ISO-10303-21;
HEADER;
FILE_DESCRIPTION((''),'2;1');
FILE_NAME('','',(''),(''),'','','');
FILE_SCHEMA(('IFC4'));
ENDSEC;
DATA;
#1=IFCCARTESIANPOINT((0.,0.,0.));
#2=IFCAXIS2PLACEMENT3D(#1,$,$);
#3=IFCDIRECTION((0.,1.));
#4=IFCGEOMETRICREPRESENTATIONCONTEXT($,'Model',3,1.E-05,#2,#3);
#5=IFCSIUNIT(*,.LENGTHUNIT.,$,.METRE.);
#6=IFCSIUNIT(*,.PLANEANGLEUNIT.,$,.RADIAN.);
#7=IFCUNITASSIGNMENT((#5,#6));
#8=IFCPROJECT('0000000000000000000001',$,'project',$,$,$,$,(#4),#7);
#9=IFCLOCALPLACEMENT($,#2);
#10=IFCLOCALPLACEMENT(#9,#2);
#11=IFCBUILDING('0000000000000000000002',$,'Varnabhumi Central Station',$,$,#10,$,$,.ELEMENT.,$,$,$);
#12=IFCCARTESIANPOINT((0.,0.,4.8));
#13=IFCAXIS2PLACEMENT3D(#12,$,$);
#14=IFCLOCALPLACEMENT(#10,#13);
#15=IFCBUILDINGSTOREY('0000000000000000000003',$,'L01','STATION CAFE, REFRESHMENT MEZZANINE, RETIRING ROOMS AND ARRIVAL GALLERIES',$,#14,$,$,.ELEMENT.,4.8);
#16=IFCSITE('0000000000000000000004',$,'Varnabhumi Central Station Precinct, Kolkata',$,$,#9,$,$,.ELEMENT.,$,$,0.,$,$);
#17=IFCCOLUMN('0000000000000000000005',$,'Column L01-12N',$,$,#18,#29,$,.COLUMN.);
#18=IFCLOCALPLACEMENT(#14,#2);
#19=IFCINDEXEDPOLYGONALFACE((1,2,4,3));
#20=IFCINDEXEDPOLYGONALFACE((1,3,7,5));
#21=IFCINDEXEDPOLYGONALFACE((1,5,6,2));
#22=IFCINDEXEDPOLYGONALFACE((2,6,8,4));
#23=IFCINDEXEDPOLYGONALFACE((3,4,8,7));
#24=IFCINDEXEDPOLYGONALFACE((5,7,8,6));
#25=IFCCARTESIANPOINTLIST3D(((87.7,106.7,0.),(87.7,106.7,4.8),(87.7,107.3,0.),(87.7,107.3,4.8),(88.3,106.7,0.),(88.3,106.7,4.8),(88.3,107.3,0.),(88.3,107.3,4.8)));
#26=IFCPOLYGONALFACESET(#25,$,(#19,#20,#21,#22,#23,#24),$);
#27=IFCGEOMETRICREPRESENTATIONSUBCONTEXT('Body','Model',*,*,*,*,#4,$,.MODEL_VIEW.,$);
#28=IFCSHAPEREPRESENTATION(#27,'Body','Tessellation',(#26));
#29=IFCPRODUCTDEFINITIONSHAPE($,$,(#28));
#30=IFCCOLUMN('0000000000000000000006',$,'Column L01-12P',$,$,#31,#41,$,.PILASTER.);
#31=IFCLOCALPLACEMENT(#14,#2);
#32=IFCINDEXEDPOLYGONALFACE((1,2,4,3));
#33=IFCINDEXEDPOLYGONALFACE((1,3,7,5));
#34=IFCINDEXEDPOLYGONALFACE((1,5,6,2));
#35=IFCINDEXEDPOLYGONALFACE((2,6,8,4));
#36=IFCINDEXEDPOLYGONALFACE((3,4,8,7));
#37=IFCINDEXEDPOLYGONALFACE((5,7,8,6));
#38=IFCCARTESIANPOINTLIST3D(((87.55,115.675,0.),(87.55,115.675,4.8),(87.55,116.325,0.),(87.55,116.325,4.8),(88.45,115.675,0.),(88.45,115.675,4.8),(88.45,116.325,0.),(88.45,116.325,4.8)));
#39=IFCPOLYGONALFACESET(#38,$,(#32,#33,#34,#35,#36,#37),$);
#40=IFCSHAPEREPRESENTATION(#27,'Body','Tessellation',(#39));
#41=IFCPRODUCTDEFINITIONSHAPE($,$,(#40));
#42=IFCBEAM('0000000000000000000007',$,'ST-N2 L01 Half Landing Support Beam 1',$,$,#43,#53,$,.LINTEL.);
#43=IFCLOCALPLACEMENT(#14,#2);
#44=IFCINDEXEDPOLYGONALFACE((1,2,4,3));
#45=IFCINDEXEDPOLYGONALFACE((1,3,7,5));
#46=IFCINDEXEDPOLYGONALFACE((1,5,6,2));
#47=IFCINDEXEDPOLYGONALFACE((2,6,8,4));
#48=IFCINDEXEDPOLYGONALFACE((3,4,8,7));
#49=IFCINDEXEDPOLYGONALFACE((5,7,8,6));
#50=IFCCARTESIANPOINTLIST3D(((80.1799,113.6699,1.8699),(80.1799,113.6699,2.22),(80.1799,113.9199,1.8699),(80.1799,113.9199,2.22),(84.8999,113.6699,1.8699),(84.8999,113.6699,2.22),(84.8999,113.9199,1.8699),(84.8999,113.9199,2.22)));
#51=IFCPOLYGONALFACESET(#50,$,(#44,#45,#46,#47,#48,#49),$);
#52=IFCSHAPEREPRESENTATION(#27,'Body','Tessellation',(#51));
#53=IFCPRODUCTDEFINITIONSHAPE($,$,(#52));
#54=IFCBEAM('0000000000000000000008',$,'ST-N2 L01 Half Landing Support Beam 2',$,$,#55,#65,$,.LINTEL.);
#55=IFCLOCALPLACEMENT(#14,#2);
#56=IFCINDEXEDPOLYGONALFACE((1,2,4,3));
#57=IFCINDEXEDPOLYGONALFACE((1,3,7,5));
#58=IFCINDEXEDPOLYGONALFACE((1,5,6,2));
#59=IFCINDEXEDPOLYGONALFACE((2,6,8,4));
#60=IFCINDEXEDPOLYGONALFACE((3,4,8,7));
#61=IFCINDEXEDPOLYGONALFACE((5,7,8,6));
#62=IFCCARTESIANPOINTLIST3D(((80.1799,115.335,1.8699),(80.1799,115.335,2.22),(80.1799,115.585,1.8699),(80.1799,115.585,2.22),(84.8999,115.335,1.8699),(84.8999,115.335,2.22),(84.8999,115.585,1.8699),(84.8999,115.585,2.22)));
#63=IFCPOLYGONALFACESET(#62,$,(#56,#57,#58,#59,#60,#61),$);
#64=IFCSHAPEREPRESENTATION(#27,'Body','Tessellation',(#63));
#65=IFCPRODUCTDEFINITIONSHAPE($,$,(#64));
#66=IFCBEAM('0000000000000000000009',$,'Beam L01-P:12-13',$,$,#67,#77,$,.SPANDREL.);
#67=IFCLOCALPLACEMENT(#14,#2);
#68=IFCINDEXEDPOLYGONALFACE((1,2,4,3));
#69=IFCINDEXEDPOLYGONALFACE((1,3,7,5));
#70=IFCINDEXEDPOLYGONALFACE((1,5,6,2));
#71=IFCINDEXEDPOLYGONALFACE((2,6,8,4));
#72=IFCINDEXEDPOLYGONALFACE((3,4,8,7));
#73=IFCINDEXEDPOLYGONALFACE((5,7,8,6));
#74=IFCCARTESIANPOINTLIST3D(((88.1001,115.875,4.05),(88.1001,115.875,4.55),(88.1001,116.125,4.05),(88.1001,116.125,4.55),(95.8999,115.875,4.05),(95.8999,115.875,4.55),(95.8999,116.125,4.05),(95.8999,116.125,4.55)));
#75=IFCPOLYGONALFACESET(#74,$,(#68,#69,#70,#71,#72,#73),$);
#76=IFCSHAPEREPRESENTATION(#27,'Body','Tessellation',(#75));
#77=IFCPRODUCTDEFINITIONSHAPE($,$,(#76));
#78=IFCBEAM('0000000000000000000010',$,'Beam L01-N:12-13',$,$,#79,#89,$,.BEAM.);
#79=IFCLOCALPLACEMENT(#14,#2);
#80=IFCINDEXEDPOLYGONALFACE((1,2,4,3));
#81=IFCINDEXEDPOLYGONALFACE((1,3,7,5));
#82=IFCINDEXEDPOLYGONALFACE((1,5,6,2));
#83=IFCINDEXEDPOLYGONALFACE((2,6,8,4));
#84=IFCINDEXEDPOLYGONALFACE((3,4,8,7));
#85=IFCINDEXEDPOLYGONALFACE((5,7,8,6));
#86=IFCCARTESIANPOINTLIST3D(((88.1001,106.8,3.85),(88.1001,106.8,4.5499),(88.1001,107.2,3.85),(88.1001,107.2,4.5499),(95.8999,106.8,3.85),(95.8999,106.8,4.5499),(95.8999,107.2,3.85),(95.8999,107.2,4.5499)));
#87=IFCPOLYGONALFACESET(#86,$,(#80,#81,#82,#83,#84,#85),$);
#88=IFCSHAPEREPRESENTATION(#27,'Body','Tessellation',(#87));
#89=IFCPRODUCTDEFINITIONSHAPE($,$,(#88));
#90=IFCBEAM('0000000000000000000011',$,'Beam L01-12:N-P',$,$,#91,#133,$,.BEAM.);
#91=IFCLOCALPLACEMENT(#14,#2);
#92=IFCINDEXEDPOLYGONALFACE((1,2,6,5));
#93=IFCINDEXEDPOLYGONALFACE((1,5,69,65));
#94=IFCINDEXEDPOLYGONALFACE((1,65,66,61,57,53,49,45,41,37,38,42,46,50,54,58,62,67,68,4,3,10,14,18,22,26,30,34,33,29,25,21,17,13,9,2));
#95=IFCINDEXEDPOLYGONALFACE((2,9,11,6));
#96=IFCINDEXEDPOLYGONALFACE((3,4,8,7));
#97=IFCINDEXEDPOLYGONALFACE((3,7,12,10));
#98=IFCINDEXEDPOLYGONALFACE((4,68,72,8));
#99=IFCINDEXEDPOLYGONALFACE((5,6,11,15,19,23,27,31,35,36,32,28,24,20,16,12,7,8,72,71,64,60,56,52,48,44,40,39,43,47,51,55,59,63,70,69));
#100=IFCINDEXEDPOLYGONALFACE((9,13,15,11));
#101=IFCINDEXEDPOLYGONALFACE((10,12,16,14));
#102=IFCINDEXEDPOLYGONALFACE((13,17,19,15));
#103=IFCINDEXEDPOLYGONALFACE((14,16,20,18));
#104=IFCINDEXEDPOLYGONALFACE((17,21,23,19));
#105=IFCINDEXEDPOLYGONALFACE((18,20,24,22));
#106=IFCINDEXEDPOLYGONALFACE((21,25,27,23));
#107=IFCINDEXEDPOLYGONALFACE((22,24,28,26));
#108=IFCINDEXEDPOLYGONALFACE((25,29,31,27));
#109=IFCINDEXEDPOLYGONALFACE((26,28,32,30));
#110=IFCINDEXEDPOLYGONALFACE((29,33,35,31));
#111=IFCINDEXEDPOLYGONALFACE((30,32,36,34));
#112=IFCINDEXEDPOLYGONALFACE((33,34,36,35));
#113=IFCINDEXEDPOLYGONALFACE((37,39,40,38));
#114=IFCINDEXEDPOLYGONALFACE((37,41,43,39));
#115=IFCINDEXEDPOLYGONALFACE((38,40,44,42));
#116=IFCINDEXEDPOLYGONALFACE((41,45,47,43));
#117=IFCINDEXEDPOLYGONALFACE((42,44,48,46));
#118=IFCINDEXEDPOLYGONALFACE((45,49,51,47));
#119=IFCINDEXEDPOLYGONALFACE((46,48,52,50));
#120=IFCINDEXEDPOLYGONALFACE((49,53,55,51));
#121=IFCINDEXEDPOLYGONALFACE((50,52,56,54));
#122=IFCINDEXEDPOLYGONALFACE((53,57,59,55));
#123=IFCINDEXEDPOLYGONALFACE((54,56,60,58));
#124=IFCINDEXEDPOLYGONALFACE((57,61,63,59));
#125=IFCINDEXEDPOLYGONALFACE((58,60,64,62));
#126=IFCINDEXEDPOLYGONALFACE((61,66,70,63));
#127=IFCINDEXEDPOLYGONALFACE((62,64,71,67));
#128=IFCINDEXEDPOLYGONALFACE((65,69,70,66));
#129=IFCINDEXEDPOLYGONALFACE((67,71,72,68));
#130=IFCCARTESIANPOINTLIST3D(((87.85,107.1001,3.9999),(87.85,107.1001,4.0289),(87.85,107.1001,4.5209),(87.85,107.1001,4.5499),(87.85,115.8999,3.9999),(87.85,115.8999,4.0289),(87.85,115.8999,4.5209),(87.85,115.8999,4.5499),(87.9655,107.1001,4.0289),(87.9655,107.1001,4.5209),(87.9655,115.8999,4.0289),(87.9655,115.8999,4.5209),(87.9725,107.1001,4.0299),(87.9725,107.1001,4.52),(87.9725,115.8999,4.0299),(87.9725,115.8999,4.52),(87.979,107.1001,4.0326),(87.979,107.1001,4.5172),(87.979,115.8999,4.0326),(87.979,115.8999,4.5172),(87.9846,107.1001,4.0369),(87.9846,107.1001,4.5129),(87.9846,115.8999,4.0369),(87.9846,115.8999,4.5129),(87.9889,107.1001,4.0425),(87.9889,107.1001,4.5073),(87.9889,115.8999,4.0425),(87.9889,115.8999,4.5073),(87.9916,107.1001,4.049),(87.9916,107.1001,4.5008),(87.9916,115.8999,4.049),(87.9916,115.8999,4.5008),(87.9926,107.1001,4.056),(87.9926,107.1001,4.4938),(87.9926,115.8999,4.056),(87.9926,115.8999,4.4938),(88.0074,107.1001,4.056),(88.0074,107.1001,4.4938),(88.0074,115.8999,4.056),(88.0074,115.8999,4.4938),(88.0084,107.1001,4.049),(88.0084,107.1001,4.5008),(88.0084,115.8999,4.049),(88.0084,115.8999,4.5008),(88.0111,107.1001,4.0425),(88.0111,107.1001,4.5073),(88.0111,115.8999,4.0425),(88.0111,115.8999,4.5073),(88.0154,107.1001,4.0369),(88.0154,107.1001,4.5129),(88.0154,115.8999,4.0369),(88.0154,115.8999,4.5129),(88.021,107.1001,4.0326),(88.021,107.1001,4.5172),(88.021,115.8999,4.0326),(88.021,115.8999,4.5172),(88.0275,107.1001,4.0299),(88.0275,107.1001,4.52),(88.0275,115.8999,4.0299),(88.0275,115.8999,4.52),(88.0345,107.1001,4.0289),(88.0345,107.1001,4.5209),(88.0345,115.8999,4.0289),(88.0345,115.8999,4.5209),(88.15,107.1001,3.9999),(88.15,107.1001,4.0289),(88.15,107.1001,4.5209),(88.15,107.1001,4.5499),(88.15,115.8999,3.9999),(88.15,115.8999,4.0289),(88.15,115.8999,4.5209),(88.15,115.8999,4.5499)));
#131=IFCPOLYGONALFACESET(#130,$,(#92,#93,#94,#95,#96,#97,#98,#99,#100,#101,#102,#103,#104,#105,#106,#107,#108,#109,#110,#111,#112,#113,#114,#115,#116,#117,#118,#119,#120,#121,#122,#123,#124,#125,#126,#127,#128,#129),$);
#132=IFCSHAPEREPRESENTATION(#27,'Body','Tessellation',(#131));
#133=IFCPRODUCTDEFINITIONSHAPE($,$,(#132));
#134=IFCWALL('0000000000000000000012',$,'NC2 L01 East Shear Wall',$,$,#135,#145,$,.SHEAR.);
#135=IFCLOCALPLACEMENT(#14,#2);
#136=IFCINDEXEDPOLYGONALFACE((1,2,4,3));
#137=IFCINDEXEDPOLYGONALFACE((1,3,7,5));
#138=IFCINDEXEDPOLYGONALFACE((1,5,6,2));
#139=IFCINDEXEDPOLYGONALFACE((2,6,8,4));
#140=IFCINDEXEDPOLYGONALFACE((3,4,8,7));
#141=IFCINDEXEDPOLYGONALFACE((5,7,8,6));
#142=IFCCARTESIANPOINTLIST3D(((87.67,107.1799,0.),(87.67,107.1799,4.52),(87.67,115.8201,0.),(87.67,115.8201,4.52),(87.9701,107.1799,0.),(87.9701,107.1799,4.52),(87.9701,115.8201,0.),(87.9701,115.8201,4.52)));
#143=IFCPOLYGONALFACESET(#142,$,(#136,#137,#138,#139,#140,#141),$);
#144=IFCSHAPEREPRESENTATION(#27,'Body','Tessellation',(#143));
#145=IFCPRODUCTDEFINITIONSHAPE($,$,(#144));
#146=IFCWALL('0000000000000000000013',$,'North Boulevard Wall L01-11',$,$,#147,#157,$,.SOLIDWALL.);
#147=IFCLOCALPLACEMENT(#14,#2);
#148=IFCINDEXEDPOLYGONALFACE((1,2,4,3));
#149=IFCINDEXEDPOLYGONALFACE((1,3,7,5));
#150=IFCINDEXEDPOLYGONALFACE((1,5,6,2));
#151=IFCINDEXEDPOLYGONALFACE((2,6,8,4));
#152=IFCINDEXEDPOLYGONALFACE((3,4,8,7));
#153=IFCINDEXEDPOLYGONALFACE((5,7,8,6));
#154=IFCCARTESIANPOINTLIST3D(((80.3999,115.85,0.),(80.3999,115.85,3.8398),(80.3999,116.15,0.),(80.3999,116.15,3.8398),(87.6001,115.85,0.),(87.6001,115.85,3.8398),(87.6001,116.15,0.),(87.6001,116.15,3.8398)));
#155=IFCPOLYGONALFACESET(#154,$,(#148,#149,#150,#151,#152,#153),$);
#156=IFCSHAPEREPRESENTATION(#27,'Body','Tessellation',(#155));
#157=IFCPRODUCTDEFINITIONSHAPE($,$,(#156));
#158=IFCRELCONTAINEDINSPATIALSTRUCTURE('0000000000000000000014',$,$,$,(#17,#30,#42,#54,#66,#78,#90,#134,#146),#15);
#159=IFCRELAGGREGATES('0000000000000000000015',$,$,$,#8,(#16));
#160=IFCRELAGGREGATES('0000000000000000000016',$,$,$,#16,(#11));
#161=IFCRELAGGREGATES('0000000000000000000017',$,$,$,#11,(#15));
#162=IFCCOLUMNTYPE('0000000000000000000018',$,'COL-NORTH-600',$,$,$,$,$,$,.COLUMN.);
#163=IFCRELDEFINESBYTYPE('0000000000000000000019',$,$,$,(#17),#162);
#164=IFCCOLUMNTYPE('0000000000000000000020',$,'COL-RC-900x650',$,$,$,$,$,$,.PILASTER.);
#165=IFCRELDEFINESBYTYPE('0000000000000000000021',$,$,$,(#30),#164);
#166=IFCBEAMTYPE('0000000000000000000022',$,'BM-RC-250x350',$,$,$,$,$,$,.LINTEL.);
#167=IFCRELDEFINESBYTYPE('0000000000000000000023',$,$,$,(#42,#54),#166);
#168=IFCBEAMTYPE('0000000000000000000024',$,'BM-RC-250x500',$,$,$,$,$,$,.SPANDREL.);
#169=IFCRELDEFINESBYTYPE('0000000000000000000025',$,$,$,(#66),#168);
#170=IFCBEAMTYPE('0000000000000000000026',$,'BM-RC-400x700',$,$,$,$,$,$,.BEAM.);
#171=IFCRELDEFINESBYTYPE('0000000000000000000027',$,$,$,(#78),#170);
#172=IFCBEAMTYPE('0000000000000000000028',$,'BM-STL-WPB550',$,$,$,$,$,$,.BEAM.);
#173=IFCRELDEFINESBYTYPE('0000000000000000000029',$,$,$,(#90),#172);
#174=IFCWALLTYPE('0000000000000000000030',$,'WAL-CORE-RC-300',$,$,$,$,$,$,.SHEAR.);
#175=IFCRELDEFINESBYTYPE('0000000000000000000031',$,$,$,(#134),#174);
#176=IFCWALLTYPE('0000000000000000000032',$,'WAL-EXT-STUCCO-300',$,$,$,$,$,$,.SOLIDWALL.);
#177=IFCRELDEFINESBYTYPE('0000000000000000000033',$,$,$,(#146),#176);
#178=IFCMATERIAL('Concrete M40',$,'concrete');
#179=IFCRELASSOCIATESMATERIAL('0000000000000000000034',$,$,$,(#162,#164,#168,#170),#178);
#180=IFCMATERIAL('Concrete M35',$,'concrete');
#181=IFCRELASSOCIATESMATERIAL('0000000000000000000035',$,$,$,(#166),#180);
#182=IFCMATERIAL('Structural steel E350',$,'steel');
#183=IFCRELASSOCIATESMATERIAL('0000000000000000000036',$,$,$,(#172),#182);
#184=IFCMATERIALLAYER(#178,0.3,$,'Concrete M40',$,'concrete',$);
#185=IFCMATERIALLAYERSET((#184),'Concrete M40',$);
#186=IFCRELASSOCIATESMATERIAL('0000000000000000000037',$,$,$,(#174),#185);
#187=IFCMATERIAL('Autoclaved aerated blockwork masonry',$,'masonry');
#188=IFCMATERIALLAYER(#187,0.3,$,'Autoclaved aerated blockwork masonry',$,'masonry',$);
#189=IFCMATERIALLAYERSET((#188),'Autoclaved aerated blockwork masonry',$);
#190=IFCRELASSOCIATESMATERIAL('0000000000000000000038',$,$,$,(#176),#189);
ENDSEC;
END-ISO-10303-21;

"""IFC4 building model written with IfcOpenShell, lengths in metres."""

from ifc_helpers import new_model, si_unit, direction, frame, frame_2d, origin, origin_2d, place, context, subcontext, project, spatial, rectangle, i_section, extrude, material, layer, layer_set, material_profile, profile_set, type_object, element, save


model = new_model("IFC4")

# Units and contexts
model_context = context("Model", 3, precision=1e-05, world=origin(), true_north=direction((0.0, 1.0)))
body_context = subcontext(model_context, "Body", "Model", "MODEL_VIEW")
ifc_project = project(units=[si_unit("LENGTHUNIT", "METRE"), si_unit("PLANEANGLEUNIT", "RADIAN")], contexts=[model_context])

# Site, building, storey
site_placement = place(None, origin())
site = spatial("IfcSite", under=ifc_project, at=site_placement, Name="Varnabhumi Central Station Precinct, Kolkata", CompositionType="ELEMENT", RefElevation=0.0)
building_placement = place(site_placement, origin())
building = spatial("IfcBuilding", under=site, at=building_placement, Name="Varnabhumi Central Station", CompositionType="ELEMENT")
storey_placement = place(building_placement, frame((0.0, 0.0, 4.8)))
storey = spatial("IfcBuildingStorey", under=building, at=storey_placement, Name="L01", Description="STATION CAFE, REFRESHMENT MEZZANINE, RETIRING ROOMS AND ARRIVAL GALLERIES", CompositionType="ELEMENT", Elevation=4.8)

# Columns
ifc_material_1 = material(Name="Concrete M40", Category="concrete")
ifc_material_profile_1 = material_profile(ifc_material_1, rectangle(XDim=0.6001, YDim=0.6001, at=origin_2d()), Name="Concrete M40", Category="concrete")
ifc_profile_set_1 = profile_set([ifc_material_profile_1], Name="Concrete M40")
column_type_1 = type_object("IfcColumnType", Name="COL-NORTH-600", PredefinedType="COLUMN", material=ifc_profile_set_1)
column_1_placement = place(storey_placement, frame((88.0, 107.0, 0.0), z_axis=(0.0, 0.0, 1.0), x_axis=(1.0, 0.0, 0.0)))
element("IfcColumn", 1, at=column_1_placement, inside=storey, type_object=column_type_1, Name="Column L01-12N", PredefinedType="COLUMN", context=body_context, shape_type="SweptSolid", body=[
    extrude(rectangle(XDim=0.6001, YDim=0.6001, at=origin_2d()), origin(), (0.0, 0.0, 1.0), 4.8),
])
ifc_material_profile_2 = material_profile(ifc_material_1, rectangle(XDim=0.8999, YDim=0.6499, at=origin_2d()), Name="Concrete M40", Category="concrete")
ifc_profile_set_2 = profile_set([ifc_material_profile_2], Name="Concrete M40")
column_type_2 = type_object("IfcColumnType", Name="COL-RC-900x650", PredefinedType="PILASTER", material=ifc_profile_set_2)
column_2_placement = place(storey_placement, frame((88.0, 116.0, 0.0), z_axis=(0.0, 0.0, 1.0), x_axis=(1.0, 0.0, 0.0)))
element("IfcColumn", 2, at=column_2_placement, inside=storey, type_object=column_type_2, Name="Column L01-12P", PredefinedType="PILASTER", context=body_context, shape_type="SweptSolid", body=[
    extrude(rectangle(XDim=0.8999, YDim=0.6499, at=origin_2d()), origin(), (0.0, 0.0, 1.0), 4.8),
])

# Beams
ifc_material_2 = material(Name="Concrete M35", Category="concrete")
ifc_material_profile_3 = material_profile(ifc_material_2, rectangle(XDim=0.25, YDim=0.3501, at=origin_2d()), Name="Concrete M35", Category="concrete")
ifc_profile_set_3 = profile_set([ifc_material_profile_3], Name="Concrete M35")
beam_type_1 = type_object("IfcBeamType", Name="BM-RC-250x350", PredefinedType="LINTEL", material=ifc_profile_set_3)
for number, where, z_axis, x_axis, name in (
    (3, (80.1799, 113.7949, 2.0449), (1.0, 0.0, 0.0), (0.0, 1.0, 0.0), "ST-N2 L01 Half Landing Support Beam 1"),
    (4, (80.1799, 115.46, 2.0449), (1.0, 0.0, 0.0), (0.0, 1.0, 0.0), "ST-N2 L01 Half Landing Support Beam 2"),
):
    element("IfcBeam", number, at=place(storey_placement, frame(where, z_axis=z_axis, x_axis=x_axis)), inside=storey, type_object=beam_type_1, Name=name, PredefinedType="LINTEL", context=body_context, shape_type="SweptSolid", body=[
        extrude(rectangle(XDim=0.25, YDim=0.3501, at=origin_2d()), origin(), (0.0, 0.0, 1.0), 4.72),
    ])
ifc_material_profile_4 = material_profile(ifc_material_1, rectangle(XDim=0.25, YDim=0.5, at=origin_2d()), Name="Concrete M40", Category="concrete")
ifc_profile_set_4 = profile_set([ifc_material_profile_4], Name="Concrete M40")
beam_type_2 = type_object("IfcBeamType", Name="BM-RC-250x500", PredefinedType="SPANDREL", material=ifc_profile_set_4)
beam_1_placement = place(storey_placement, frame((88.1001, 116.0, 4.3), z_axis=(1.0, 0.0, 0.0), x_axis=(0.0, 1.0, 0.0)))
element("IfcBeam", 5, at=beam_1_placement, inside=storey, type_object=beam_type_2, Name="Beam L01-P:12-13", PredefinedType="SPANDREL", context=body_context, shape_type="SweptSolid", body=[
    extrude(rectangle(XDim=0.25, YDim=0.5, at=origin_2d()), origin(), (0.0, 0.0, 1.0), 7.7998),
])
ifc_material_profile_5 = material_profile(ifc_material_1, rectangle(XDim=0.3999, YDim=0.7, at=origin_2d()), Name="Concrete M40", Category="concrete")
ifc_profile_set_5 = profile_set([ifc_material_profile_5], Name="Concrete M40")
beam_type_3 = type_object("IfcBeamType", Name="BM-RC-400x700", PredefinedType="BEAM", material=ifc_profile_set_5)
beam_2_placement = place(storey_placement, frame((88.1001, 107.0, 4.2), z_axis=(1.0, 0.0, 0.0), x_axis=(0.0, 1.0, 0.0)))
element("IfcBeam", 6, at=beam_2_placement, inside=storey, type_object=beam_type_3, Name="Beam L01-N:12-13", PredefinedType="BEAM", context=body_context, shape_type="SweptSolid", body=[
    extrude(rectangle(XDim=0.3999, YDim=0.7, at=origin_2d()), origin(), (0.0, 0.0, 1.0), 7.7998),
])
ifc_material_3 = material(Name="Structural steel E350", Category="steel")
ifc_material_profile_6 = material_profile(ifc_material_3, i_section(OverallWidth=0.3, OverallDepth=0.55, WebThickness=0.0149, FlangeThickness=0.0291, FilletRadius=0.0271, at=origin_2d()), Name="Structural steel E350", Category="steel")
ifc_profile_set_6 = profile_set([ifc_material_profile_6], Name="Structural steel E350")
beam_type_4 = type_object("IfcBeamType", Name="BM-STL-WPB550", PredefinedType="BEAM", material=ifc_profile_set_6)
beam_3_placement = place(storey_placement, frame((88.0, 107.1001, 4.2749), z_axis=(0.0, 1.0, 0.0), x_axis=(-1.0, 0.0, 0.0)))
element("IfcBeam", 7, at=beam_3_placement, inside=storey, type_object=beam_type_4, Name="Beam L01-12:N-P", PredefinedType="BEAM", context=body_context, shape_type="SweptSolid", body=[
    extrude(i_section(OverallWidth=0.3, OverallDepth=0.55, WebThickness=0.0149, FlangeThickness=0.0291, FilletRadius=0.0271, at=origin_2d()), origin(), (0.0, 0.0, 1.0), 8.7998),
])

# Walls
ifc_layer_1 = layer(ifc_material_1, 0.3, Name="Concrete M40", Category="concrete")
ifc_layer_set_1 = layer_set([ifc_layer_1], Name="Concrete M40")
wall_type_1 = type_object("IfcWallType", Name="WAL-CORE-RC-300", PredefinedType="SHEAR", material=ifc_layer_set_1)
wall_1_placement = place(storey_placement, frame((87.8201, 107.1799, 0.0), z_axis=(0.0, 0.0, 1.0), x_axis=(0.0, 1.0, 0.0)))
element("IfcWall", 8, at=wall_1_placement, inside=storey, type_object=wall_type_1, Name="NC2 L01 East Shear Wall", PredefinedType="SHEAR", context=body_context, shape_type="SweptSolid", body=[
    extrude(rectangle(XDim=8.6401, YDim=0.3, at=frame_2d((4.3201, 0.0))), origin(), (0.0, 0.0, 1.0), 4.52),
])
ifc_material_4 = material(Name="Autoclaved aerated blockwork masonry", Category="masonry")
ifc_layer_2 = layer(ifc_material_4, 0.3, Name="Autoclaved aerated blockwork masonry", Category="masonry")
ifc_layer_set_2 = layer_set([ifc_layer_2], Name="Autoclaved aerated blockwork masonry")
wall_type_2 = type_object("IfcWallType", Name="WAL-EXT-STUCCO-300", PredefinedType="SOLIDWALL", material=ifc_layer_set_2)
wall_2_placement = place(storey_placement, frame((80.3999, 116.0, 0.0), z_axis=(0.0, 0.0, 1.0), x_axis=(1.0, 0.0, 0.0)))
element("IfcWall", 9, at=wall_2_placement, inside=storey, type_object=wall_type_2, Name="North Boulevard Wall L01-11", PredefinedType="SOLIDWALL", context=body_context, shape_type="SweptSolid", body=[
    extrude(rectangle(XDim=7.2002, YDim=0.3, at=frame_2d((3.6001, 0.0))), origin(), (0.0, 0.0, 1.0), 3.8398),
])

save(model, "model.ifc")
